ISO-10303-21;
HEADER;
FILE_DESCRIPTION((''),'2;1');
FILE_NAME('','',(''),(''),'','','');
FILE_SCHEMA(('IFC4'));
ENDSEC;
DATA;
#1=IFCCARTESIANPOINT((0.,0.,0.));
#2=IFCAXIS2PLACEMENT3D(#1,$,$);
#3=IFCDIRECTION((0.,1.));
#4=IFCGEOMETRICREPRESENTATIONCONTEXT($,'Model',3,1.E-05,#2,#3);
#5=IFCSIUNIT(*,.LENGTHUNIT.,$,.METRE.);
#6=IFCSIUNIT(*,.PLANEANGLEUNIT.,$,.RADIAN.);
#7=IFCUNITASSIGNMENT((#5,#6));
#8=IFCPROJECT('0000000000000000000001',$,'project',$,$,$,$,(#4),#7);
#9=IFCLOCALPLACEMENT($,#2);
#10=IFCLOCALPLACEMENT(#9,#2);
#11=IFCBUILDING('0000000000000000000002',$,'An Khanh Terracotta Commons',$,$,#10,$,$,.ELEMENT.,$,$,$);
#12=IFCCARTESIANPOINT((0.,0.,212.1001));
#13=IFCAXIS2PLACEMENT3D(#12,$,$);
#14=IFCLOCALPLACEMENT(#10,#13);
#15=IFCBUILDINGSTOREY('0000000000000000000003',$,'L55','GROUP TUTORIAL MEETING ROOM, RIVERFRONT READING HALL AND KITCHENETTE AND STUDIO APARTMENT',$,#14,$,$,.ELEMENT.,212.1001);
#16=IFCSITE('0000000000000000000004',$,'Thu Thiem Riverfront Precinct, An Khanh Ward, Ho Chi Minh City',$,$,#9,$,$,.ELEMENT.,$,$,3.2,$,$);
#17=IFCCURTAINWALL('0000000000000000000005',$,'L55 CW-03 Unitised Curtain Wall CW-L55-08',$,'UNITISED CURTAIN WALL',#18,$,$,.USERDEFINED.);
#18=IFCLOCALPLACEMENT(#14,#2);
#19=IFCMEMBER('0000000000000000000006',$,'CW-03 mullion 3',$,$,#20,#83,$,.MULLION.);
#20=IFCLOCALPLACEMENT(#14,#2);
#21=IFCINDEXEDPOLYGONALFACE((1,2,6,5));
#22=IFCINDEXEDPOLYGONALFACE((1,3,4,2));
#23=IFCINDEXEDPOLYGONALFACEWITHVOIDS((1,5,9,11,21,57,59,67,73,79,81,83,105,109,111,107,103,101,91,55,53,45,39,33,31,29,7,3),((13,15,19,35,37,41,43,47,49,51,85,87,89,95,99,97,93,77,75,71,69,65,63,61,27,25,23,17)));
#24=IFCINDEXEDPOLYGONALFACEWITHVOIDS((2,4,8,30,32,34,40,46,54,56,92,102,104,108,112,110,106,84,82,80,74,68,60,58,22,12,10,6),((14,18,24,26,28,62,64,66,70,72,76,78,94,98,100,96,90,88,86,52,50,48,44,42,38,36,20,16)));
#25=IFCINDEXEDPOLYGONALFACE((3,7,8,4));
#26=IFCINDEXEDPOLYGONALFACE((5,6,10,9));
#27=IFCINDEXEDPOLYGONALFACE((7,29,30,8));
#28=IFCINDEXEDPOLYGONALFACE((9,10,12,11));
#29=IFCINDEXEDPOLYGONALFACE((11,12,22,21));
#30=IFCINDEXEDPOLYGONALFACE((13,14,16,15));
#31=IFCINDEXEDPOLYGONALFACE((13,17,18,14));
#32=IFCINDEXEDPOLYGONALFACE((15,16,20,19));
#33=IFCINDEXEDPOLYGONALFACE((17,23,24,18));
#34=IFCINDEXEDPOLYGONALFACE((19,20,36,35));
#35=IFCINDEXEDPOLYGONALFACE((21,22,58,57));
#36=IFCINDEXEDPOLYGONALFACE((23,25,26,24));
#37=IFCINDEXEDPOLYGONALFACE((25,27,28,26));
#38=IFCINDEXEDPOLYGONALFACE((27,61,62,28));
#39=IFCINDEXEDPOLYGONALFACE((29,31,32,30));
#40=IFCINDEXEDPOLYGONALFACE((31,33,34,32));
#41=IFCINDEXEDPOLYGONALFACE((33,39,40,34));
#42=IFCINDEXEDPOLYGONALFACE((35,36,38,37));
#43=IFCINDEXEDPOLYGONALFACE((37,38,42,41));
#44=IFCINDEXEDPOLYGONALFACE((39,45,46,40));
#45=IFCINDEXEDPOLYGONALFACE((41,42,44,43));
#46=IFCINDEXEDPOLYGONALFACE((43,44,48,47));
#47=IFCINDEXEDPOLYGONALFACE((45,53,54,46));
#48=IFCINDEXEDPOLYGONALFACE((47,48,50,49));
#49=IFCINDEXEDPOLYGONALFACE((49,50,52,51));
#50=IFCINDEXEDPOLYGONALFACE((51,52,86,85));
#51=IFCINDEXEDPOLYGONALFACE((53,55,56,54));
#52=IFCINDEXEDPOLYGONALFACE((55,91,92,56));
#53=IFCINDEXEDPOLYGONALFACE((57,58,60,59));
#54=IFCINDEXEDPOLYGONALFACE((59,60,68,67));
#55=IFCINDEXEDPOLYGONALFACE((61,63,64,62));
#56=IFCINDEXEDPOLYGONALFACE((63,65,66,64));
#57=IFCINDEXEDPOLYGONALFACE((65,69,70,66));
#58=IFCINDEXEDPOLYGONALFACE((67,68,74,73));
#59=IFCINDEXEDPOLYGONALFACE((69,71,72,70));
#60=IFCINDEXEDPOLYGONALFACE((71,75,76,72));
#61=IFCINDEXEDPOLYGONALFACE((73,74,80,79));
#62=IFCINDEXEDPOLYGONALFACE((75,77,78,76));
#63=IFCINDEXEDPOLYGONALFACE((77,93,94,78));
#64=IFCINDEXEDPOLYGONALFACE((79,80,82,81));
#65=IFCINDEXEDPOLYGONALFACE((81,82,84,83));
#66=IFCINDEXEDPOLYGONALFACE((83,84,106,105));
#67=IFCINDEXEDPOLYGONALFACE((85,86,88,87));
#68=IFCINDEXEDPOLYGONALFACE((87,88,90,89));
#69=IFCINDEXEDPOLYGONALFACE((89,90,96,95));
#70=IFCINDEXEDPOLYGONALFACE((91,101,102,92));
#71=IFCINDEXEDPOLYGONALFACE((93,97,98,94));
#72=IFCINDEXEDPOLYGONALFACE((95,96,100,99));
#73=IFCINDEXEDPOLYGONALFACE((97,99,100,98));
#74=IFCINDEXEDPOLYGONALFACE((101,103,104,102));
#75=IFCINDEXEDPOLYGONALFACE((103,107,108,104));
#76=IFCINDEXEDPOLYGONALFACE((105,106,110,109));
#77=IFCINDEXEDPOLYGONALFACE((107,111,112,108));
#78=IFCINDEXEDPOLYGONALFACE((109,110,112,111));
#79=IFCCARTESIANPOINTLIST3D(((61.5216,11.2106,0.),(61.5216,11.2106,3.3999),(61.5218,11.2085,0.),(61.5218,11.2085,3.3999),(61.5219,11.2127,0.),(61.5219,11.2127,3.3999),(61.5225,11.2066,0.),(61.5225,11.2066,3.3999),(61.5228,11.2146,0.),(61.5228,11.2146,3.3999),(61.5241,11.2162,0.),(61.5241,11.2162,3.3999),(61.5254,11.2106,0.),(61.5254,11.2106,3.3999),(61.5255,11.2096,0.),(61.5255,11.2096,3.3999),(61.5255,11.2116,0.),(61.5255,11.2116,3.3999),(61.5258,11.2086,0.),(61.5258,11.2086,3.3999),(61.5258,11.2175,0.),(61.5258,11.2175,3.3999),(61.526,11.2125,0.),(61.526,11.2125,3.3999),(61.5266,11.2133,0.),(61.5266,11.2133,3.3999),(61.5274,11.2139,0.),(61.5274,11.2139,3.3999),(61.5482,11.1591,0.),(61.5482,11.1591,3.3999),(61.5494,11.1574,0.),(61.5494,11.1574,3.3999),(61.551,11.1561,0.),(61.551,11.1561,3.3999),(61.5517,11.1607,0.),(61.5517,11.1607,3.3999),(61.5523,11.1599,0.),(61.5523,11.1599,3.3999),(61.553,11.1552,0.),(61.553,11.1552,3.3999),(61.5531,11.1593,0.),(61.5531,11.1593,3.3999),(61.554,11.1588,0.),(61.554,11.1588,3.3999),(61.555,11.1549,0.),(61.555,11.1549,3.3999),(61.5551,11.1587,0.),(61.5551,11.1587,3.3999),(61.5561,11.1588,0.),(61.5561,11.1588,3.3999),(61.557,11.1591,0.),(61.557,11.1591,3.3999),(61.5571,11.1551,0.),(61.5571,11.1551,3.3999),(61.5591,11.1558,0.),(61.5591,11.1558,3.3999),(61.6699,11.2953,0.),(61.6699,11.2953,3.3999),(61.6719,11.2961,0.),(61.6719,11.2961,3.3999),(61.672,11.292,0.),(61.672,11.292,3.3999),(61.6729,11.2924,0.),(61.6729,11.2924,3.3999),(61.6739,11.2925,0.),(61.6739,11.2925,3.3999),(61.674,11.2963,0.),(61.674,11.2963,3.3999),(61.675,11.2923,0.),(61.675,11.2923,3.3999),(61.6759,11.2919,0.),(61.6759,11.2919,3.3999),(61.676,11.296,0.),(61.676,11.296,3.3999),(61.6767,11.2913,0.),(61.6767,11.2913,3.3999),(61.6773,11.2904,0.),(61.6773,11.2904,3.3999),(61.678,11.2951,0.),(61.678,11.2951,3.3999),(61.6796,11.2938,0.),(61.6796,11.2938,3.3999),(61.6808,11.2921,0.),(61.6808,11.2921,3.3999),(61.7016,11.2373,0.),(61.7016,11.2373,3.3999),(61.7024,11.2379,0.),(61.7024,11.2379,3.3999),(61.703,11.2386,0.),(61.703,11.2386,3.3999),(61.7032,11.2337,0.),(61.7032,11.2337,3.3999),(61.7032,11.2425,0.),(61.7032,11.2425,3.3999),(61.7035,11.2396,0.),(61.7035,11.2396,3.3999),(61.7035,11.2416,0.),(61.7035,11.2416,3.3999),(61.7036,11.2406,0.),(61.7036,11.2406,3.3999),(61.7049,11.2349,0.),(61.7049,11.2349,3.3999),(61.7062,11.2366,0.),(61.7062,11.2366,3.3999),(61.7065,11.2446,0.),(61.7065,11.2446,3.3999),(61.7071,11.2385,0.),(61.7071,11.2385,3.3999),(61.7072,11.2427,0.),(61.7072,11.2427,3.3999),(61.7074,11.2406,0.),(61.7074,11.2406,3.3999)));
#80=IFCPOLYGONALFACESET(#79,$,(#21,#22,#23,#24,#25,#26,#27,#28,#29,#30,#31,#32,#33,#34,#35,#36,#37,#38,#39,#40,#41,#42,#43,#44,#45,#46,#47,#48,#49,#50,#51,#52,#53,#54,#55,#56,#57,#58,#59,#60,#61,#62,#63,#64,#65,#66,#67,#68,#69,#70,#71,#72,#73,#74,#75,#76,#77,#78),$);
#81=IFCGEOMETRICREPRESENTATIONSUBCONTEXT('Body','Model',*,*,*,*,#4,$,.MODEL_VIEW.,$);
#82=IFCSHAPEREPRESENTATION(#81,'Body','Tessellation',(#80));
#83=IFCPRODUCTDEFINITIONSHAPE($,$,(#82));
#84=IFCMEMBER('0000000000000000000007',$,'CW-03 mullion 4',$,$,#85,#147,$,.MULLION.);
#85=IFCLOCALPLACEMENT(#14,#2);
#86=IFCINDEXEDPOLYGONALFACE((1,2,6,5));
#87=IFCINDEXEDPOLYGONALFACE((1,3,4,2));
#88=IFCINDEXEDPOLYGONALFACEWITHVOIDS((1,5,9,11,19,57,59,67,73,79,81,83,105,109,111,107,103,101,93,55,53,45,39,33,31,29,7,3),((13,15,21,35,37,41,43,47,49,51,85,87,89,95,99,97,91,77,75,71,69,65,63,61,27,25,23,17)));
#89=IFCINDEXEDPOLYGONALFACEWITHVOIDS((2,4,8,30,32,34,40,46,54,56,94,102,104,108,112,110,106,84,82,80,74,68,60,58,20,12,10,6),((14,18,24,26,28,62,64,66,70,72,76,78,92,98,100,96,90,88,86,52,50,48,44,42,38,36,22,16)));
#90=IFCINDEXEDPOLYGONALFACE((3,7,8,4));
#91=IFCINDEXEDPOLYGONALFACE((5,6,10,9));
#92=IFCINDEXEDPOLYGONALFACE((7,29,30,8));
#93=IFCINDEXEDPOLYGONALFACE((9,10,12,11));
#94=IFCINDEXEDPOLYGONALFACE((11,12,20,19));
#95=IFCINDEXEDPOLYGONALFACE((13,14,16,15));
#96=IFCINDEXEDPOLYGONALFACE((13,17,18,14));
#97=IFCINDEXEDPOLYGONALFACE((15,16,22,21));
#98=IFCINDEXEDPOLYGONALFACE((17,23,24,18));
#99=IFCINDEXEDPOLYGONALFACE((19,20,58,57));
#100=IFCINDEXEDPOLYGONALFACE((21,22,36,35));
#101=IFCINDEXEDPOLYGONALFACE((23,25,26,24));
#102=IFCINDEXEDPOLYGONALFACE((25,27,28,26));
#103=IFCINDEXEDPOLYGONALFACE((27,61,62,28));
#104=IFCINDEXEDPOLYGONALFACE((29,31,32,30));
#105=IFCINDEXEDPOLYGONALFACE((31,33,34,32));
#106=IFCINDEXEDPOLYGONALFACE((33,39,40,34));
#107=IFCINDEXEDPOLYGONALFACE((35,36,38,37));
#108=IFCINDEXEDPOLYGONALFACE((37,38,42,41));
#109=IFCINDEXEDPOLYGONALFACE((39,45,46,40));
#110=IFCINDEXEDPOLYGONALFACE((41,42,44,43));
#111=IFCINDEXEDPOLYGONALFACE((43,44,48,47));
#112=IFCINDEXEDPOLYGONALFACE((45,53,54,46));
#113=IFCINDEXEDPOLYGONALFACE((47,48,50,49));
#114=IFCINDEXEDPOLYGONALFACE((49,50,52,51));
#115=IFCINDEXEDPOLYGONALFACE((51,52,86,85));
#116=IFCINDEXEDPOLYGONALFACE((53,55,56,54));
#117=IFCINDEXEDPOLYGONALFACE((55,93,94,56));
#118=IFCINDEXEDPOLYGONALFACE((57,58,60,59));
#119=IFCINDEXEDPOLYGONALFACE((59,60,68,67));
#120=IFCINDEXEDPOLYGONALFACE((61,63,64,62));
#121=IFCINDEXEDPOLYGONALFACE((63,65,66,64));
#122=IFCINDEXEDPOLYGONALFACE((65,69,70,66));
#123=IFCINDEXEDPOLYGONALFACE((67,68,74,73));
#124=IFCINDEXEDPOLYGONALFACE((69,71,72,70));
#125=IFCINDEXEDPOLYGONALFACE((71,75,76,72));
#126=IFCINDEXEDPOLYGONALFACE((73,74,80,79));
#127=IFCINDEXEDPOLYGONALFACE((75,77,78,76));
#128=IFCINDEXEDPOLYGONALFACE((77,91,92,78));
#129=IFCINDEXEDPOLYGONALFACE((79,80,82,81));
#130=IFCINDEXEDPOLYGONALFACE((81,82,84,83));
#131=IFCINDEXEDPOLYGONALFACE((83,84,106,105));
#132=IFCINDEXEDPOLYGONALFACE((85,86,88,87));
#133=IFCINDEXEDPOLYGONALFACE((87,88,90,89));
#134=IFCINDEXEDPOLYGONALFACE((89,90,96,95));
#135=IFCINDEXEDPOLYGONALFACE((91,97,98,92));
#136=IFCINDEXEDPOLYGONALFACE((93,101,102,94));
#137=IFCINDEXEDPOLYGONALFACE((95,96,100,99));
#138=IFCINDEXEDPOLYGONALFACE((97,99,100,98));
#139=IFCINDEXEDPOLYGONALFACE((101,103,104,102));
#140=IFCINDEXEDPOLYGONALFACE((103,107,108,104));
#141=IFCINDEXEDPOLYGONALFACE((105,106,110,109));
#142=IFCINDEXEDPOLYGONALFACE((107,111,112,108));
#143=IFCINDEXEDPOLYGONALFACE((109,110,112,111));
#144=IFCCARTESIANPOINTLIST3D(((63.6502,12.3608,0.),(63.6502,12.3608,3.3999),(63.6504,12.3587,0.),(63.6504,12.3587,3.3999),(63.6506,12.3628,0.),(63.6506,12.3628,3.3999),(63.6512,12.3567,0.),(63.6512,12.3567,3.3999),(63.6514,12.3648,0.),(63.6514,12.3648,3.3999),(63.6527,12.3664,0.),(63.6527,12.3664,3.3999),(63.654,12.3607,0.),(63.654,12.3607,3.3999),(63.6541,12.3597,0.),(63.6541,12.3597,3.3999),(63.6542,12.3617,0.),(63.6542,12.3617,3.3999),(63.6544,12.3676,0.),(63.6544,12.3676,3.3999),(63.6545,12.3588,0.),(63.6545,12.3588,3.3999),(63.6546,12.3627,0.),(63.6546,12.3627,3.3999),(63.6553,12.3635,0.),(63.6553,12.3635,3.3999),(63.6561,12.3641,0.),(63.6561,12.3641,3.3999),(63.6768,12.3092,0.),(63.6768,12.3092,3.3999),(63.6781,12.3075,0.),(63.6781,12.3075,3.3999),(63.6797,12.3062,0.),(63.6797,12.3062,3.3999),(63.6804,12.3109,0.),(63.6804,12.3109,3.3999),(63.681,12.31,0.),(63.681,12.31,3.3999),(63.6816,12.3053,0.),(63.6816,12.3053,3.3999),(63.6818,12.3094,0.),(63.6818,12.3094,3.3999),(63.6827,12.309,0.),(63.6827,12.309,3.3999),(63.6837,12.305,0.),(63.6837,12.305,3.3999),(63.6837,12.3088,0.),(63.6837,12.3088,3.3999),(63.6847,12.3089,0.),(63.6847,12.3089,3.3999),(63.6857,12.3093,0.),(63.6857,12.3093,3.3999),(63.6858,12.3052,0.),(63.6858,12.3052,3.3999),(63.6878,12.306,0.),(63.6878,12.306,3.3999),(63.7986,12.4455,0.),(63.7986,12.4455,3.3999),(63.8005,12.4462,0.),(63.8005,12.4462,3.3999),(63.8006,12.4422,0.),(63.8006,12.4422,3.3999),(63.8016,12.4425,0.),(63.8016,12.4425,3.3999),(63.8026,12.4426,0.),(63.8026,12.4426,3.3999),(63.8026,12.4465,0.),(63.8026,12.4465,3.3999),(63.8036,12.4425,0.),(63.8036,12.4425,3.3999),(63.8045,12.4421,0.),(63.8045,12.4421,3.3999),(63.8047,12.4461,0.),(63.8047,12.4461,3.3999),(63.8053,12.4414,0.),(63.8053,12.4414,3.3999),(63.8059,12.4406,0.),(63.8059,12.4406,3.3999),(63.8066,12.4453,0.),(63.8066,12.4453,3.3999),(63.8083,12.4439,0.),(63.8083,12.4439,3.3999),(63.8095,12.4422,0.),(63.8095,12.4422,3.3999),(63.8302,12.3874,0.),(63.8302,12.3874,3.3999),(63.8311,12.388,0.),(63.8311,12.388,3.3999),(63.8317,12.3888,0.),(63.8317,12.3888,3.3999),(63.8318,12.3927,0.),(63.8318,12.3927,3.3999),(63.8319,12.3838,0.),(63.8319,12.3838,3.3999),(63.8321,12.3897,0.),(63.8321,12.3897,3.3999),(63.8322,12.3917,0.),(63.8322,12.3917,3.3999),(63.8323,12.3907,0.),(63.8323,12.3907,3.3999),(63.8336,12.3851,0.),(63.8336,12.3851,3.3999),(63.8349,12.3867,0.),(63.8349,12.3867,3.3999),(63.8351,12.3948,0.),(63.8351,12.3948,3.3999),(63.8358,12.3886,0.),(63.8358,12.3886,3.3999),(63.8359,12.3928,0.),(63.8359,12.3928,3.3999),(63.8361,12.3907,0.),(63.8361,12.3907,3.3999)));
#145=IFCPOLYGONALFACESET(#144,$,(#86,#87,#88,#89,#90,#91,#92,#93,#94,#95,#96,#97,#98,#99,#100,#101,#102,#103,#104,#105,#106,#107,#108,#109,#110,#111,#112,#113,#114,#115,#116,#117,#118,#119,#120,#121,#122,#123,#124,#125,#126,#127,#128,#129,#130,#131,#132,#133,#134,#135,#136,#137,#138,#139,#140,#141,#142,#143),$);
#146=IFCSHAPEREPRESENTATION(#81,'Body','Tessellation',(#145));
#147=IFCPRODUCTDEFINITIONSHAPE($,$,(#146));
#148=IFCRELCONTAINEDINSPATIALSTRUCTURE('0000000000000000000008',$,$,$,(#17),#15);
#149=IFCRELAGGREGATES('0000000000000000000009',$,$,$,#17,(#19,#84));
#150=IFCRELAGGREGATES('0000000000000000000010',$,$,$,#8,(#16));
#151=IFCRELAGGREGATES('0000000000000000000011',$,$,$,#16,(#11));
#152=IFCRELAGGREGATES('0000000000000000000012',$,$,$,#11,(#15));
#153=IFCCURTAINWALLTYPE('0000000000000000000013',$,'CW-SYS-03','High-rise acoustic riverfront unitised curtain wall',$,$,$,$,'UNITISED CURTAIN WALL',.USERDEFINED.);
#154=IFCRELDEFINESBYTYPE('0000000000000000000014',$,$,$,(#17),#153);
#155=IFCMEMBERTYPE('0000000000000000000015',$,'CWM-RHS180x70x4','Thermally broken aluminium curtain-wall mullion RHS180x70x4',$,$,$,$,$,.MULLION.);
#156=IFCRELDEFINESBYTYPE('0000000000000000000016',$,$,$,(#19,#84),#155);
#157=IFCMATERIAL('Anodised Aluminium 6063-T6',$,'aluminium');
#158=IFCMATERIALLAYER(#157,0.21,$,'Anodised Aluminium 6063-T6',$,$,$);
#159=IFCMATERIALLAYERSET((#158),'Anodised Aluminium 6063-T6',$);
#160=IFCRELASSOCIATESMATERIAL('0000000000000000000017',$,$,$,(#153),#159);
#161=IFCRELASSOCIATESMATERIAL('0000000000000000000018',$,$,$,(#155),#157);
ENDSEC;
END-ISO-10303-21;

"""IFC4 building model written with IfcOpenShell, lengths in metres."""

from ifc_helpers import new_model, si_unit, direction, frame, origin, origin_2d, place, context, subcontext, project, spatial, hollow_rectangle, extrude, material, layer, layer_set, material_profile, profile_set, type_object, element, aggregate, save


model = new_model("IFC4")

# Units and contexts
model_context = context("Model", 3, precision=1e-05, world=origin(), true_north=direction((0.0, 1.0)))
body_context = subcontext(model_context, "Body", "Model", "MODEL_VIEW")
ifc_project = project(units=[si_unit("LENGTHUNIT", "METRE"), si_unit("PLANEANGLEUNIT", "RADIAN")], contexts=[model_context])

# Site, building, storey
site_placement = place(None, origin())
site = spatial("IfcSite", under=ifc_project, at=site_placement, Name="Thu Thiem Riverfront Precinct, An Khanh Ward, Ho Chi Minh City", CompositionType="ELEMENT", RefElevation=3.2)
building_placement = place(site_placement, origin())
building = spatial("IfcBuilding", under=site, at=building_placement, Name="An Khanh Terracotta Commons", CompositionType="ELEMENT")
storey_placement = place(building_placement, frame((0.0, 0.0, 212.1001)))
storey = spatial("IfcBuildingStorey", under=building, at=storey_placement, Name="L55", Description="GROUP TUTORIAL MEETING ROOM, RIVERFRONT READING HALL AND KITCHENETTE AND STUDIO APARTMENT", CompositionType="ELEMENT", Elevation=212.1001)

# Curtain wall, members
ifc_material_1 = material(Name="Anodised Aluminium 6063-T6", Category="aluminium")
ifc_layer_1 = layer(ifc_material_1, 0.21, Name="Anodised Aluminium 6063-T6")
ifc_layer_set_1 = layer_set([ifc_layer_1], Name="Anodised Aluminium 6063-T6")
curtain_wall_type = type_object("IfcCurtainWallType", Name="CW-SYS-03", Description="High-rise acoustic riverfront unitised curtain wall", ElementType="UNITISED CURTAIN WALL", PredefinedType="USERDEFINED", material=ifc_layer_set_1)
curtain_wall_1_placement = place(storey_placement, origin())
curtain_wall_1 = element("IfcCurtainWall", 1, at=curtain_wall_1_placement, inside=storey, type_object=curtain_wall_type, Name="L55 CW-03 Unitised Curtain Wall CW-L55-08", ObjectType="UNITISED CURTAIN WALL", PredefinedType="USERDEFINED")
ifc_material_profile_1 = material_profile(ifc_material_1, hollow_rectangle(XDim=0.0701, YDim=0.1799, WallThickness=0.0039, InnerFilletRadius=0.0039, OuterFilletRadius=0.0081, at=origin_2d()), Name="RHS180x70x4")
ifc_profile_set_1 = profile_set([ifc_material_profile_1], Name="Anodised Aluminium 6063-T6")
member_type_1 = type_object("IfcMemberType", Name="CWM-RHS180x70x4", Description="Thermally broken aluminium curtain-wall mullion RHS180x70x4", PredefinedType="MULLION", material=ifc_profile_set_1)
member_1_placement = place(storey_placement, frame((61.6145, 11.2256, 0.0), z_axis=(0.0, 0.0, 1.0), x_axis=(-0.475381, 0.87978, 0.0)))
member_1 = element("IfcMember", 2, at=member_1_placement, type_object=member_type_1, Name="CW-03 mullion 3", PredefinedType="MULLION", context=body_context, shape_type="SweptSolid", body=[
    extrude(hollow_rectangle(XDim=0.0701, YDim=0.1799, WallThickness=0.0039, InnerFilletRadius=0.0039, OuterFilletRadius=0.0081, at=origin_2d()), origin(), (0.0, 0.0, 1.0), 3.3999),
])
member_2_placement = place(storey_placement, frame((63.7432, 12.3757, 0.0), z_axis=(0.0, 0.0, 1.0), x_axis=(-0.475381, 0.87978, 0.0)))
member_2 = element("IfcMember", 3, at=member_2_placement, type_object=member_type_1, Name="CW-03 mullion 4", PredefinedType="MULLION", context=body_context, shape_type="SweptSolid", body=[
    extrude(hollow_rectangle(XDim=0.0701, YDim=0.1799, WallThickness=0.0039, InnerFilletRadius=0.0039, OuterFilletRadius=0.0081, at=origin_2d()), origin(), (0.0, 0.0, 1.0), 3.3999),
])

aggregate(curtain_wall_1, [member_1, member_2])

save(model, "model.ifc")
